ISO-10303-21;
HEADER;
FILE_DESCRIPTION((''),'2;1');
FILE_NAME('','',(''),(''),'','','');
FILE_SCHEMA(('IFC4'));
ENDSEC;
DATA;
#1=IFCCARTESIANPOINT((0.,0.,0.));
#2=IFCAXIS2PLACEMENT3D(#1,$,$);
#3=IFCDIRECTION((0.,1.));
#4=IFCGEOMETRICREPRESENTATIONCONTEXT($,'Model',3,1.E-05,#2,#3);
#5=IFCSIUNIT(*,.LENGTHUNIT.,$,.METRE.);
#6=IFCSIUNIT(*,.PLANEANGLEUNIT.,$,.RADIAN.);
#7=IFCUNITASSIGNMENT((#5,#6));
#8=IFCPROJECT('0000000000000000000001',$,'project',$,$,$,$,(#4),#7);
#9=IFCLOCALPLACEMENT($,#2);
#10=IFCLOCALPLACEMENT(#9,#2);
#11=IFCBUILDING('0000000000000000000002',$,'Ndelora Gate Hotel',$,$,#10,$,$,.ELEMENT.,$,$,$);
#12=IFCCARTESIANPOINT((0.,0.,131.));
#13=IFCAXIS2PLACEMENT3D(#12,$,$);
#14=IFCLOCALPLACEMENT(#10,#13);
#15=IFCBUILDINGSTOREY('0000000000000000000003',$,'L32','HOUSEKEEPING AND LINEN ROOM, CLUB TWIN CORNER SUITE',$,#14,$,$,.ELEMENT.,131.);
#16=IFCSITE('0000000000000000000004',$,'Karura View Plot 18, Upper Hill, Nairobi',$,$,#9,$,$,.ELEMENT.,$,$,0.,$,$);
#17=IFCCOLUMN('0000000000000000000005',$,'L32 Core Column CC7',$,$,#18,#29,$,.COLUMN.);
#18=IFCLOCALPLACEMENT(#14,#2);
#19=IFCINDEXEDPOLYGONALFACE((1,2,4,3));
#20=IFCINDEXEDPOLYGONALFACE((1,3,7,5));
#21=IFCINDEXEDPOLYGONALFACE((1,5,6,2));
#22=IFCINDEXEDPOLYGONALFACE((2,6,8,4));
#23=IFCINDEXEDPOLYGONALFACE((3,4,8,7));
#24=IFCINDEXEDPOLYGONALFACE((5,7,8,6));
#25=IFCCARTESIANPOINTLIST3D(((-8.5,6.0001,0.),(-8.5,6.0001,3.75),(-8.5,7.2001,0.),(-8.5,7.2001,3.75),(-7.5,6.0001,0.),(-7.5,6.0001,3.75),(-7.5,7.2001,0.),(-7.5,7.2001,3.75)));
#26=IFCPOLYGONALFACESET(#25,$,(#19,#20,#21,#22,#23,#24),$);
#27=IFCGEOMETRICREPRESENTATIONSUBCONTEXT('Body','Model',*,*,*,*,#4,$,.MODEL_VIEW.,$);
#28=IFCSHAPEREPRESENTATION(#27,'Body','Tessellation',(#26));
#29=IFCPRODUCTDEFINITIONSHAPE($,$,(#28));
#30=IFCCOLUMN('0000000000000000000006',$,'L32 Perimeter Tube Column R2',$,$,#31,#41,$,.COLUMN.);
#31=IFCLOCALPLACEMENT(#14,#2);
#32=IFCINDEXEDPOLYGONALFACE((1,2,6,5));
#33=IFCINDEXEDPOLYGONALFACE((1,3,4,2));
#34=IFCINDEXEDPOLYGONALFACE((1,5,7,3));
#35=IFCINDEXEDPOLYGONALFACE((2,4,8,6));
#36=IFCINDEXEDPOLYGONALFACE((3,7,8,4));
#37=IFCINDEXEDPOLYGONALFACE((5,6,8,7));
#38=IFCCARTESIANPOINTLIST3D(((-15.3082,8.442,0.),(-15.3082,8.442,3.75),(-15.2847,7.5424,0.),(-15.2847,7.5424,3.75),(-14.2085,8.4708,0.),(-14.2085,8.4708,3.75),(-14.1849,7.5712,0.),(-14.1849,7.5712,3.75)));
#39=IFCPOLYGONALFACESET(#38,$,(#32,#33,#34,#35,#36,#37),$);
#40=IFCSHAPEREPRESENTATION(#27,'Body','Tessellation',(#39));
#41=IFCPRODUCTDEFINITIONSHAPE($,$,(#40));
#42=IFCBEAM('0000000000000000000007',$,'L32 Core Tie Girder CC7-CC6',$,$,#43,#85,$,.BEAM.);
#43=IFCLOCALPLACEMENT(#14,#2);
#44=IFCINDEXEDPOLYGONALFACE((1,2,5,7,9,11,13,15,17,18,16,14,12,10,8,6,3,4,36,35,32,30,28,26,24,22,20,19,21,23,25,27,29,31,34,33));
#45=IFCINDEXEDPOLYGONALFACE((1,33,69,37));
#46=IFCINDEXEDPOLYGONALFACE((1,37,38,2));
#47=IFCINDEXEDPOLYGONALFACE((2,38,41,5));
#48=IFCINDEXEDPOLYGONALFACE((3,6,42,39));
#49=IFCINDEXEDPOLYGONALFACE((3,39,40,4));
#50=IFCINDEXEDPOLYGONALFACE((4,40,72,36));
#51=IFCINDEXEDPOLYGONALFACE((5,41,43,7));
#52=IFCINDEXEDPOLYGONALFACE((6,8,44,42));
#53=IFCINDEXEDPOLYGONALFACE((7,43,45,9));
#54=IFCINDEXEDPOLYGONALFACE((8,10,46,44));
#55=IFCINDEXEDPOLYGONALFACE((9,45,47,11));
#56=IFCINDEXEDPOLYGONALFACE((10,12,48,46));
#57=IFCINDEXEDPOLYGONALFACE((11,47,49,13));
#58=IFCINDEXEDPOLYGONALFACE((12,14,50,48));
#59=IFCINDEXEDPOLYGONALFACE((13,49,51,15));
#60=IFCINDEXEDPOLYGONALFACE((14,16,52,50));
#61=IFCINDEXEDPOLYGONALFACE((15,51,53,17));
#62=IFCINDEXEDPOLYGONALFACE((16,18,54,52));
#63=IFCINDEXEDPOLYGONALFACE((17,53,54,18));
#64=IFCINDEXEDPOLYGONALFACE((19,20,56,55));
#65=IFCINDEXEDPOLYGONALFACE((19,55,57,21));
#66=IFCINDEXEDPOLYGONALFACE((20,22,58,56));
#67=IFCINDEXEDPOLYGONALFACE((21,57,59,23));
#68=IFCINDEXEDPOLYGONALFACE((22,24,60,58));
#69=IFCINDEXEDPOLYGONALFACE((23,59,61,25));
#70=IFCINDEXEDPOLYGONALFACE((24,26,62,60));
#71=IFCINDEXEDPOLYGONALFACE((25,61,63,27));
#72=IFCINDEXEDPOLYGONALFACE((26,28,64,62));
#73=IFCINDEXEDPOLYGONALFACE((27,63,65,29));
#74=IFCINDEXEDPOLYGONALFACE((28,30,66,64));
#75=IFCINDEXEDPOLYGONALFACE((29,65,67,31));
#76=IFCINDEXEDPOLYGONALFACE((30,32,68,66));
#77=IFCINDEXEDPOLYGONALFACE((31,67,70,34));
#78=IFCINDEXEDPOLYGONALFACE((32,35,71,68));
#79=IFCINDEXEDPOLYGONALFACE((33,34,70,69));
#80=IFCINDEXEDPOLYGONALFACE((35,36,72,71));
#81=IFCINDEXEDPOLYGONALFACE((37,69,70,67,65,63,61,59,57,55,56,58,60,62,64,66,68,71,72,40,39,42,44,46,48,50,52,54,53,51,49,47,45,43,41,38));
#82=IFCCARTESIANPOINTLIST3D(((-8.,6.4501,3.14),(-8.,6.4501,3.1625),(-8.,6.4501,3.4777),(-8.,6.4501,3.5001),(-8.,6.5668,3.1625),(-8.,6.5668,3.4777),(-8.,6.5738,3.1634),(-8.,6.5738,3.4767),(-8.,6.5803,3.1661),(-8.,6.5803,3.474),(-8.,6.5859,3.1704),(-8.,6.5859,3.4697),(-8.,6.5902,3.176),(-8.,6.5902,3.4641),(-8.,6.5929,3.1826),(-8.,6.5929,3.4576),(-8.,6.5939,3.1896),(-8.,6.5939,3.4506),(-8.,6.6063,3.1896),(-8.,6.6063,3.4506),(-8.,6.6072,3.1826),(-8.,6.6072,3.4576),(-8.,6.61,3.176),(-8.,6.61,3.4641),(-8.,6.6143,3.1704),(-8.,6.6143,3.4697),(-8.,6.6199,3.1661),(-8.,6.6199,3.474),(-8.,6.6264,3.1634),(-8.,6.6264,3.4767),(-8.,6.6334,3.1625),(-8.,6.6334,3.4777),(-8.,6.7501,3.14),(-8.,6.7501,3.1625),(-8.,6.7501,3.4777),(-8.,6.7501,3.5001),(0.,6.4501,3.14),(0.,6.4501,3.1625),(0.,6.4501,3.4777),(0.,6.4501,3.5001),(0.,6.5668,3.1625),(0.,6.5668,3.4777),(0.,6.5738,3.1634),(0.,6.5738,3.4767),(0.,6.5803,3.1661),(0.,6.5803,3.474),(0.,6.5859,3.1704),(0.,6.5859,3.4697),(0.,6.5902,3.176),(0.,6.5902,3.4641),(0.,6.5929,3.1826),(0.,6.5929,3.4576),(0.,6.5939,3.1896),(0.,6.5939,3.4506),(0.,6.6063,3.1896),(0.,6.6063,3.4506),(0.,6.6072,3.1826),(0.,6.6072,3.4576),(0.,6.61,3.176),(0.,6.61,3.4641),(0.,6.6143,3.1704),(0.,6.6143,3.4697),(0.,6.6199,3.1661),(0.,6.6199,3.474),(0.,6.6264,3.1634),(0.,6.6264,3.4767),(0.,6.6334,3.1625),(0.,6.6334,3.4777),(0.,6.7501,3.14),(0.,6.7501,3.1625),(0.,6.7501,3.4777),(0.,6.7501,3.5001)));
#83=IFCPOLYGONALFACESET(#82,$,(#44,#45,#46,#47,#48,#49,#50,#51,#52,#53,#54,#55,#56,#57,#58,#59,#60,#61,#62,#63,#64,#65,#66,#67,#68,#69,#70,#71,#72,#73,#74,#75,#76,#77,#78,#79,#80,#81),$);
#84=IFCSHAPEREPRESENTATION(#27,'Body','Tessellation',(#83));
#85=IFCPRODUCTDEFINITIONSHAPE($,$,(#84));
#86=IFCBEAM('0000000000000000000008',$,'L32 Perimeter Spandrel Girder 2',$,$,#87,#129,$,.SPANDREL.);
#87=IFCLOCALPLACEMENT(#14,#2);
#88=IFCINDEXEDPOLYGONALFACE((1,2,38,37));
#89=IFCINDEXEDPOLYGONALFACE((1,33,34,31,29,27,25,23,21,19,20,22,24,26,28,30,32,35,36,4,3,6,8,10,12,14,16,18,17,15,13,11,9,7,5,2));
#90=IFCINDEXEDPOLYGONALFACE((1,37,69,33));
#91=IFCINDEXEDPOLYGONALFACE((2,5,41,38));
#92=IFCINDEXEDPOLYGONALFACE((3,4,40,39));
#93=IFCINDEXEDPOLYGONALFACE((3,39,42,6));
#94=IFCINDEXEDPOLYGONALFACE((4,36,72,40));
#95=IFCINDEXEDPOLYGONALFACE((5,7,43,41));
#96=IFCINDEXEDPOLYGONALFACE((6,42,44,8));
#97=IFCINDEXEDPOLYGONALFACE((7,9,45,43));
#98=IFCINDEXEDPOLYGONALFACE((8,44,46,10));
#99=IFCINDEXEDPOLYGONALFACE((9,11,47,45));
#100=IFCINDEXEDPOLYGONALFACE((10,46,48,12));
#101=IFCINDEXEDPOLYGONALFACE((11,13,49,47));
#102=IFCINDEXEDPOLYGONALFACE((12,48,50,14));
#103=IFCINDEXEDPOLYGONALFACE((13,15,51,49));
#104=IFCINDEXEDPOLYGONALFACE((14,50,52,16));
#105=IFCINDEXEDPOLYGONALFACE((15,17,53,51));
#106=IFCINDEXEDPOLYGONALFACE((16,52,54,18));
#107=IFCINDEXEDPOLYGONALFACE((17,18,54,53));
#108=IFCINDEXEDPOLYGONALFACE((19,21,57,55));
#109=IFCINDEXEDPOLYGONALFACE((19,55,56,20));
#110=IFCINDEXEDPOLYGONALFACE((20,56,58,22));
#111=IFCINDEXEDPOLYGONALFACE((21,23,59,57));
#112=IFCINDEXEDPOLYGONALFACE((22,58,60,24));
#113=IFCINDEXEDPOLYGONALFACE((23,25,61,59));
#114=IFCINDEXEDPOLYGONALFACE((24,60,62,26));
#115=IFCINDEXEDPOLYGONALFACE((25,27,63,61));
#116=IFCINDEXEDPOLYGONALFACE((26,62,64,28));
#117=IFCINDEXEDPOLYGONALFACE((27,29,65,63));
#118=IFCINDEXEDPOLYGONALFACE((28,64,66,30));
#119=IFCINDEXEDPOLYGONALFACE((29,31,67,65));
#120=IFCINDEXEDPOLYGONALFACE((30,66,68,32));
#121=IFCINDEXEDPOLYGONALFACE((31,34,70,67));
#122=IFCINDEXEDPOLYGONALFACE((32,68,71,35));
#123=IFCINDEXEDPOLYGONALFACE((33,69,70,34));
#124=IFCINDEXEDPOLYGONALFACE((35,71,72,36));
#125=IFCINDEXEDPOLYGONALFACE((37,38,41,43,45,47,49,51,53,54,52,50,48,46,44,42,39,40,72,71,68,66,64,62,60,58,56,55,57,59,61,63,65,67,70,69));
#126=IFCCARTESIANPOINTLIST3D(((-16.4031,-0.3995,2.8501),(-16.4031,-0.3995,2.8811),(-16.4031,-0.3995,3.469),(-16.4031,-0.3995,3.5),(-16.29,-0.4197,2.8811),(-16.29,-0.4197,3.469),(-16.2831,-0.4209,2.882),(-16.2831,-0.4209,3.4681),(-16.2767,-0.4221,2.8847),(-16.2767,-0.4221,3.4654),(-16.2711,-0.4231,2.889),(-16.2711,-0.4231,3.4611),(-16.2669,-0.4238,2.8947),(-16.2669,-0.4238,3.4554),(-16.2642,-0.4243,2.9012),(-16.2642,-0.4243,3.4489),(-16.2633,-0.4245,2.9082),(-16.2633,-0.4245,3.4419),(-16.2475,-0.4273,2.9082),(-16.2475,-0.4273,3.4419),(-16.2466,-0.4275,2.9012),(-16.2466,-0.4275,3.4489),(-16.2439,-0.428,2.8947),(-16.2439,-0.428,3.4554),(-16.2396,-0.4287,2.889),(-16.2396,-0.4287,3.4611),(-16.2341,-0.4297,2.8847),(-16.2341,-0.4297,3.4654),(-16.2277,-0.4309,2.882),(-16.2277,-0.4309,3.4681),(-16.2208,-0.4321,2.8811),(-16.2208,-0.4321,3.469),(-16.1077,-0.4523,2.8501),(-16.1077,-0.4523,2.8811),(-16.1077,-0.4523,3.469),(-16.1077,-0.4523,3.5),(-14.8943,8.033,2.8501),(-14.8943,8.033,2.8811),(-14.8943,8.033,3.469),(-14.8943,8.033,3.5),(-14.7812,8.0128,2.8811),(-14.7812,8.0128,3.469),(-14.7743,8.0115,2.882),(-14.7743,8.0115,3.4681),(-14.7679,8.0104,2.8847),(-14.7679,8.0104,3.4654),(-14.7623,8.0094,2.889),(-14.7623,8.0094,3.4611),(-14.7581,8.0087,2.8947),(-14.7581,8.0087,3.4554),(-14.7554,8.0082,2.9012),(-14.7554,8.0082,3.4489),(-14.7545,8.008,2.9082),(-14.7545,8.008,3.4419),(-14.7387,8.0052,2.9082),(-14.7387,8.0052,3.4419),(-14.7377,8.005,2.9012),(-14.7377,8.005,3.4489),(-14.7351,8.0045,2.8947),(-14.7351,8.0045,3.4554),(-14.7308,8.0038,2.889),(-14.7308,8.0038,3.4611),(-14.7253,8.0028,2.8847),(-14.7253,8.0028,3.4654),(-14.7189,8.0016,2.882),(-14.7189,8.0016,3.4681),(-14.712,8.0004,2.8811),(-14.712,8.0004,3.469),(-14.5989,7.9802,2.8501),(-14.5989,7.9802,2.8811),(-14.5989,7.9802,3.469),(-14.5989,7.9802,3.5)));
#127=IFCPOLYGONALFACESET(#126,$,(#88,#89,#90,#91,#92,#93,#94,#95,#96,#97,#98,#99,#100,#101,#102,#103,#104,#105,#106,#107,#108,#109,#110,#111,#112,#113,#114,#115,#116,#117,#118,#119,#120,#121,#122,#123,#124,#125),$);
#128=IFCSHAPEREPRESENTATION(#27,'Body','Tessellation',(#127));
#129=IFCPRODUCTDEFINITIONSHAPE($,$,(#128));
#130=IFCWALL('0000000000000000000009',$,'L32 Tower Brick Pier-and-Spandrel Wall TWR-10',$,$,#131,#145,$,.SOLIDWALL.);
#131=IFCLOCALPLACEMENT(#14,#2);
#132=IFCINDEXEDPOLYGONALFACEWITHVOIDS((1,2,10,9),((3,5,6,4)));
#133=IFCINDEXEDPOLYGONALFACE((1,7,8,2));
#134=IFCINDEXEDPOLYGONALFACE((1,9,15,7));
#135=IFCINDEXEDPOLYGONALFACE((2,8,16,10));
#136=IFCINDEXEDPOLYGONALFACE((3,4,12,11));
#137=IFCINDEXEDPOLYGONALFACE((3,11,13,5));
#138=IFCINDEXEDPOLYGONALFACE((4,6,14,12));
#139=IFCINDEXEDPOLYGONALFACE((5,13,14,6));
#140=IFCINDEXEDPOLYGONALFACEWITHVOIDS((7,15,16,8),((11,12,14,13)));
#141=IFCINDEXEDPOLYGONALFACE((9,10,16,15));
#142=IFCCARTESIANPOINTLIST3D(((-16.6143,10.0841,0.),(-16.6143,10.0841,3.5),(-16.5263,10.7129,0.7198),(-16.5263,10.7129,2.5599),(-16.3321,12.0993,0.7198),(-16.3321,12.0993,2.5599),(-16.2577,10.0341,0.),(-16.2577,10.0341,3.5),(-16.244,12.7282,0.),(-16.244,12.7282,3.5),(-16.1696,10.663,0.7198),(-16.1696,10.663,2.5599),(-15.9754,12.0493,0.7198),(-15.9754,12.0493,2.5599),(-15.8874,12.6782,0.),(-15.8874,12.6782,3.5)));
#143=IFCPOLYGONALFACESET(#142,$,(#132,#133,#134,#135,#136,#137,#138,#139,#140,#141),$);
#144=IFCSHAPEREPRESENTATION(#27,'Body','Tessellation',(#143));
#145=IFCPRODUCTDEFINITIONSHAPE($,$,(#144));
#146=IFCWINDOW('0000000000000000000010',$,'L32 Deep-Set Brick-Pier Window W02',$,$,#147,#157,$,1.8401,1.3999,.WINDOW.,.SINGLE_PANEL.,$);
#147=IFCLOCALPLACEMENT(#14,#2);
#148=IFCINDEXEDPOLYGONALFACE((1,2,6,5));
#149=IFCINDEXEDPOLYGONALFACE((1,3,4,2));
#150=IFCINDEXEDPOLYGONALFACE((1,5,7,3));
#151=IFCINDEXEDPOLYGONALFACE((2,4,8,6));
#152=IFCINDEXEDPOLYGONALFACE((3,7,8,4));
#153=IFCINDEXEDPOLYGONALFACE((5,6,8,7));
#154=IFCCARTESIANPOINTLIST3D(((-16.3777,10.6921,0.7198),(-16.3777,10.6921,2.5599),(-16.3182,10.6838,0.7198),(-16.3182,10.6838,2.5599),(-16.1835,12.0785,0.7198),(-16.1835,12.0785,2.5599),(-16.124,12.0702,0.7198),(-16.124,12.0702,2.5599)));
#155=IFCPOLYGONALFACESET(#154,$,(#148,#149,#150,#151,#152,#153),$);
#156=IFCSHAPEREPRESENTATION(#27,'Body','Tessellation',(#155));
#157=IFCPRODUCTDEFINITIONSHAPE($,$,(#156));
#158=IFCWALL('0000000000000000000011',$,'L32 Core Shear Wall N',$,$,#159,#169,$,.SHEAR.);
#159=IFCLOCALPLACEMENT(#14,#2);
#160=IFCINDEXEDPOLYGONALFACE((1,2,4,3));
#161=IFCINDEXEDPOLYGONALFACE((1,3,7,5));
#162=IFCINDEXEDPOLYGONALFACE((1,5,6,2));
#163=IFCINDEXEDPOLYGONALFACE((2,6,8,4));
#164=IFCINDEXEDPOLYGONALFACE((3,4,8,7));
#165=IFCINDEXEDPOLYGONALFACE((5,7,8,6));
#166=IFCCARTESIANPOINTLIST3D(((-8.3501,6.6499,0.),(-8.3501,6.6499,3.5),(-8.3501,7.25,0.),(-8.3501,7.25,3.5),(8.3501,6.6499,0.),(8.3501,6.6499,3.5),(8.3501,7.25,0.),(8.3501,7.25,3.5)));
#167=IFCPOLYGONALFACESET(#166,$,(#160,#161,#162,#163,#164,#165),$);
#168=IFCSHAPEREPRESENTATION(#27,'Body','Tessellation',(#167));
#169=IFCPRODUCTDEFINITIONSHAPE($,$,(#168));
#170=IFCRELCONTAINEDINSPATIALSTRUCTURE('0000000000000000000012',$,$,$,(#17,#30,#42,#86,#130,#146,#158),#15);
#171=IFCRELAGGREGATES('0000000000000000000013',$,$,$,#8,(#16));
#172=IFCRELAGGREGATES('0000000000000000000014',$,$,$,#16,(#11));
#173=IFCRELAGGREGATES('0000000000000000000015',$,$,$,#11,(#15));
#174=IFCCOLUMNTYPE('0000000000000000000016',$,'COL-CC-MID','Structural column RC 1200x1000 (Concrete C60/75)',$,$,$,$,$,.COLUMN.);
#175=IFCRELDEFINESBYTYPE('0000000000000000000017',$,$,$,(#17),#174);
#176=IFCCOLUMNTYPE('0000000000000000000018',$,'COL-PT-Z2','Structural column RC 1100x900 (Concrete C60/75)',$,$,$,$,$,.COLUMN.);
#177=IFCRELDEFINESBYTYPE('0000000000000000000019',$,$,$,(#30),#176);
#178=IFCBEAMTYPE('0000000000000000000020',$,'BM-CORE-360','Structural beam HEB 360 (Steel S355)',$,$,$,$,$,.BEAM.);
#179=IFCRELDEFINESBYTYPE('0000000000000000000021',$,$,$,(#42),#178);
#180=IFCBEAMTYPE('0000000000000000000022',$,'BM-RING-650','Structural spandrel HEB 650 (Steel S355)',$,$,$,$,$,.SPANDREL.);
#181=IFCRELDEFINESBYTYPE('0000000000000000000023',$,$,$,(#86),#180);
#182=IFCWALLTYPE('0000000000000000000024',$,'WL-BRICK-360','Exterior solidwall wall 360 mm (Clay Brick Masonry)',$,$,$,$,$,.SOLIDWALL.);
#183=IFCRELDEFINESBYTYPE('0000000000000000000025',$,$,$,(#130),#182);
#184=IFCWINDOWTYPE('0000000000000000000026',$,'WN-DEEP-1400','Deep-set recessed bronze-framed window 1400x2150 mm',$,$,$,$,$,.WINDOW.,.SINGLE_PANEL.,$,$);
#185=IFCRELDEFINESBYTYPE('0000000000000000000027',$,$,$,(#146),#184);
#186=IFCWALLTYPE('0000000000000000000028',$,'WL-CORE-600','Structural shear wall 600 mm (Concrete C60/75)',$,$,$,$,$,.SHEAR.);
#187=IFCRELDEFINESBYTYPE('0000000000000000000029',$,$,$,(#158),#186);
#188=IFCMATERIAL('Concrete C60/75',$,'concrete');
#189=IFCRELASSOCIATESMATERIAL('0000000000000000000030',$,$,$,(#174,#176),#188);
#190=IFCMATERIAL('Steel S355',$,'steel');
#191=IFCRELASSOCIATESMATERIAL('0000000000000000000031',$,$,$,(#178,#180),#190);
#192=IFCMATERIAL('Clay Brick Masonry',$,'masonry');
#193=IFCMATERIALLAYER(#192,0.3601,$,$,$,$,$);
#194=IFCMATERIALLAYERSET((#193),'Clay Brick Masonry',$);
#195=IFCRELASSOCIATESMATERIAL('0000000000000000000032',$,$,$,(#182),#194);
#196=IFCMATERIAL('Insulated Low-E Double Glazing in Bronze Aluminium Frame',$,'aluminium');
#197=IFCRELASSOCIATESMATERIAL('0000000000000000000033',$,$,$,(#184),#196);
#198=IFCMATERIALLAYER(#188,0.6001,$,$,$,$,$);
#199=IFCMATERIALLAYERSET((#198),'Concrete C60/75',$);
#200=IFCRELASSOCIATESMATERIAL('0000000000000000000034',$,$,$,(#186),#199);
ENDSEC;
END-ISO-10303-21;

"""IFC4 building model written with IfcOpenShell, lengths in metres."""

from ifc_helpers import new_model, si_unit, direction, frame, frame_2d, origin, origin_2d, place, context, subcontext, project, spatial, rectangle, i_section, extrude, material, layer, layer_set, material_profile, profile_set, type_object, element, fill, save


model = new_model("IFC4")

# Units and contexts
model_context = context("Model", 3, precision=1e-05, world=origin(), true_north=direction((0.0, 1.0)))
body_context = subcontext(model_context, "Body", "Model", "MODEL_VIEW")
ifc_project = project(units=[si_unit("LENGTHUNIT", "METRE"), si_unit("PLANEANGLEUNIT", "RADIAN")], contexts=[model_context])

# Site, building, storey
site_placement = place(None, origin())
site = spatial("IfcSite", under=ifc_project, at=site_placement, Name="Karura View Plot 18, Upper Hill, Nairobi", CompositionType="ELEMENT", RefElevation=0.0)
building_placement = place(site_placement, origin())
building = spatial("IfcBuilding", under=site, at=building_placement, Name="Ndelora Gate Hotel", CompositionType="ELEMENT")
storey_placement = place(building_placement, frame((0.0, 0.0, 131.0)))
storey = spatial("IfcBuildingStorey", under=building, at=storey_placement, Name="L32", Description="HOUSEKEEPING AND LINEN ROOM, CLUB TWIN CORNER SUITE", CompositionType="ELEMENT", Elevation=131.0)

# Columns
ifc_material_1 = material(Name="Concrete C60/75", Category="concrete")
ifc_material_profile_1 = material_profile(ifc_material_1, rectangle(XDim=1.0, YDim=1.2, at=origin_2d()), Name="RC 1200x1000")
ifc_profile_set_1 = profile_set([ifc_material_profile_1], Name="Concrete C60/75")
column_type_1 = type_object("IfcColumnType", Name="COL-CC-MID", Description="Structural column RC 1200x1000 (Concrete C60/75)", PredefinedType="COLUMN", material=ifc_profile_set_1)
column_1_placement = place(storey_placement, frame((-8.0, 6.6001, 0.0), z_axis=(0.0, 0.0, 1.0), x_axis=(1.0, 0.0, 0.0)))
element("IfcColumn", 1, at=column_1_placement, inside=storey, type_object=column_type_1, Name="L32 Core Column CC7", PredefinedType="COLUMN", context=body_context, shape_type="SweptSolid", body=[
    extrude(rectangle(XDim=1.0, YDim=1.2, at=origin_2d()), origin(), (0.0, 0.0, 1.0), 3.75),
])
ifc_material_profile_2 = material_profile(ifc_material_1, rectangle(XDim=0.8999, YDim=1.1001, at=origin_2d()), Name="RC 1100x900")
ifc_profile_set_2 = profile_set([ifc_material_profile_2], Name="Concrete C60/75")
column_type_2 = type_object("IfcColumnType", Name="COL-PT-Z2", Description="Structural column RC 1100x900 (Concrete C60/75)", PredefinedType="COLUMN", material=ifc_profile_set_2)
column_2_placement = place(storey_placement, frame((-14.7466, 8.0066, 0.0), z_axis=(0.0, 0.0, 1.0), x_axis=(-0.026177, 0.999657, 0.0)))
element("IfcColumn", 2, at=column_2_placement, inside=storey, type_object=column_type_2, Name="L32 Perimeter Tube Column R2", PredefinedType="COLUMN", context=body_context, shape_type="SweptSolid", body=[
    extrude(rectangle(XDim=0.8999, YDim=1.1001, at=origin_2d()), origin(), (0.0, 0.0, 1.0), 3.75),
])

# Beams
ifc_material_2 = material(Name="Steel S355", Category="steel")
ifc_material_profile_3 = material_profile(ifc_material_2, i_section(OverallWidth=0.3, OverallDepth=0.3601, WebThickness=0.0125, FlangeThickness=0.0225, FilletRadius=0.0271, at=origin_2d()), Name="HEB 360")
ifc_profile_set_3 = profile_set([ifc_material_profile_3], Name="Steel S355")
beam_type_1 = type_object("IfcBeamType", Name="BM-CORE-360", Description="Structural beam HEB 360 (Steel S355)", PredefinedType="BEAM", material=ifc_profile_set_3)
beam_1_placement = place(storey_placement, frame((-8.0, 6.6001, 3.3201), z_axis=(1.0, 0.0, 0.0), x_axis=(0.0, 1.0, 0.0)))
element("IfcBeam", 3, at=beam_1_placement, inside=storey, type_object=beam_type_1, Name="L32 Core Tie Girder CC7-CC6", PredefinedType="BEAM", context=body_context, shape_type="SweptSolid", body=[
    extrude(i_section(OverallWidth=0.3, OverallDepth=0.3601, WebThickness=0.0125, FlangeThickness=0.0225, FilletRadius=0.0271, at=origin_2d()), origin(), (0.0, 0.0, 1.0), 8.0),
])
ifc_material_profile_4 = material_profile(ifc_material_2, i_section(OverallWidth=0.3, OverallDepth=0.6499, WebThickness=0.0161, FlangeThickness=0.031, FilletRadius=0.0271, at=origin_2d()), Name="HEB 650")
ifc_profile_set_4 = profile_set([ifc_material_profile_4], Name="Steel S355")
beam_type_2 = type_object("IfcBeamType", Name="BM-RING-650", Description="Structural spandrel HEB 650 (Steel S355)", PredefinedType="SPANDREL", material=ifc_profile_set_4)
beam_2_placement = place(storey_placement, frame((-14.7466, 8.0066, 3.175), z_axis=(-0.176131, -0.984367, 0.0), x_axis=(0.984367, -0.176131, 0.0)))
element("IfcBeam", 4, at=beam_2_placement, inside=storey, type_object=beam_type_2, Name="L32 Perimeter Spandrel Girder 2", PredefinedType="SPANDREL", context=body_context, shape_type="SweptSolid", body=[
    extrude(i_section(OverallWidth=0.3, OverallDepth=0.6499, WebThickness=0.0161, FlangeThickness=0.031, FilletRadius=0.0271, at=origin_2d()), origin(), (0.0, 0.0, 1.0), 8.5664),
])

# Wall, opening, window
ifc_material_3 = material(Name="Clay Brick Masonry", Category="masonry")
ifc_layer_1 = layer(ifc_material_3, 0.3601)
ifc_layer_set_1 = layer_set([ifc_layer_1], Name="Clay Brick Masonry")
wall_type_1 = type_object("IfcWallType", Name="WL-BRICK-360", Description="Exterior solidwall wall 360 mm (Clay Brick Masonry)", PredefinedType="SOLIDWALL", material=ifc_layer_set_1)
wall_1_placement = place(storey_placement, frame((-16.436, 10.0591, 0.0), z_axis=(0.0, 0.0, 1.0), x_axis=(0.13872, 0.990332, 0.0)))
wall_1 = element("IfcWall", 5, at=wall_1_placement, inside=storey, type_object=wall_type_1, Name="L32 Tower Brick Pier-and-Spandrel Wall TWR-10", PredefinedType="SOLIDWALL", context=body_context, shape_type="SweptSolid", body=[
    extrude(rectangle(XDim=2.6699, YDim=0.3601, at=frame_2d((1.335, 0.0))), origin(), (0.0, 0.0, 1.0), 3.5),
])
opening_1_placement = place(wall_1_placement, frame((0.635, 0.0, 0.72)))
opening_1 = element("IfcOpeningElement", 6, at=opening_1_placement, cuts=wall_1, PredefinedType="OPENING", context=body_context, shape_type="SweptSolid", body=[
    extrude(rectangle(XDim=1.3999, YDim=1.8401, at=frame_2d((0.7, 0.9199))), frame((0.0, 0.1899, 0.0), z_axis=(0.0, -1.0, 0.0), x_axis=(1.0, 0.0, 0.0)), (0.0, 0.0, 1.0), 0.3801),
])
ifc_material_4 = material(Name="Insulated Low-E Double Glazing in Bronze Aluminium Frame", Category="aluminium")
window_type = type_object("IfcWindowType", Name="WN-DEEP-1400", Description="Deep-set recessed bronze-framed window 1400x2150 mm", PartitioningType="SINGLE_PANEL", PredefinedType="WINDOW", material=ifc_material_4)
window_placement = place(opening_1_placement, origin())
window = element("IfcWindow", 7, at=window_placement, inside=storey, type_object=window_type, Name="L32 Deep-Set Brick-Pier Window W02", OverallHeight=1.8401, OverallWidth=1.3999, PartitioningType="SINGLE_PANEL", PredefinedType="WINDOW", context=body_context, shape_type="SweptSolid", body=[
    extrude(rectangle(XDim=1.3999, YDim=1.8401, at=frame_2d((0.7, 0.9199))), frame((0.0, 0.03, 0.0), z_axis=(0.0, -1.0, 0.0), x_axis=(1.0, 0.0, 0.0)), (0.0, 0.0, 1.0), 0.0601),
])
fill(opening_1, window)

# Wall
ifc_layer_2 = layer(ifc_material_1, 0.6001)
ifc_layer_set_2 = layer_set([ifc_layer_2], Name="Concrete C60/75")
wall_type_2 = type_object("IfcWallType", Name="WL-CORE-600", Description="Structural shear wall 600 mm (Concrete C60/75)", PredefinedType="SHEAR", material=ifc_layer_set_2)
wall_2_placement = place(storey_placement, frame((-8.3501, 6.95, 0.0), z_axis=(0.0, 0.0, 1.0), x_axis=(1.0, 0.0, 0.0)))
element("IfcWall", 8, at=wall_2_placement, inside=storey, type_object=wall_type_2, Name="L32 Core Shear Wall N", PredefinedType="SHEAR", context=body_context, shape_type="SweptSolid", body=[
    extrude(rectangle(XDim=16.7002, YDim=0.6001, at=frame_2d((8.3501, 0.0))), origin(), (0.0, 0.0, 1.0), 3.5),
])

save(model, "model.ifc")
